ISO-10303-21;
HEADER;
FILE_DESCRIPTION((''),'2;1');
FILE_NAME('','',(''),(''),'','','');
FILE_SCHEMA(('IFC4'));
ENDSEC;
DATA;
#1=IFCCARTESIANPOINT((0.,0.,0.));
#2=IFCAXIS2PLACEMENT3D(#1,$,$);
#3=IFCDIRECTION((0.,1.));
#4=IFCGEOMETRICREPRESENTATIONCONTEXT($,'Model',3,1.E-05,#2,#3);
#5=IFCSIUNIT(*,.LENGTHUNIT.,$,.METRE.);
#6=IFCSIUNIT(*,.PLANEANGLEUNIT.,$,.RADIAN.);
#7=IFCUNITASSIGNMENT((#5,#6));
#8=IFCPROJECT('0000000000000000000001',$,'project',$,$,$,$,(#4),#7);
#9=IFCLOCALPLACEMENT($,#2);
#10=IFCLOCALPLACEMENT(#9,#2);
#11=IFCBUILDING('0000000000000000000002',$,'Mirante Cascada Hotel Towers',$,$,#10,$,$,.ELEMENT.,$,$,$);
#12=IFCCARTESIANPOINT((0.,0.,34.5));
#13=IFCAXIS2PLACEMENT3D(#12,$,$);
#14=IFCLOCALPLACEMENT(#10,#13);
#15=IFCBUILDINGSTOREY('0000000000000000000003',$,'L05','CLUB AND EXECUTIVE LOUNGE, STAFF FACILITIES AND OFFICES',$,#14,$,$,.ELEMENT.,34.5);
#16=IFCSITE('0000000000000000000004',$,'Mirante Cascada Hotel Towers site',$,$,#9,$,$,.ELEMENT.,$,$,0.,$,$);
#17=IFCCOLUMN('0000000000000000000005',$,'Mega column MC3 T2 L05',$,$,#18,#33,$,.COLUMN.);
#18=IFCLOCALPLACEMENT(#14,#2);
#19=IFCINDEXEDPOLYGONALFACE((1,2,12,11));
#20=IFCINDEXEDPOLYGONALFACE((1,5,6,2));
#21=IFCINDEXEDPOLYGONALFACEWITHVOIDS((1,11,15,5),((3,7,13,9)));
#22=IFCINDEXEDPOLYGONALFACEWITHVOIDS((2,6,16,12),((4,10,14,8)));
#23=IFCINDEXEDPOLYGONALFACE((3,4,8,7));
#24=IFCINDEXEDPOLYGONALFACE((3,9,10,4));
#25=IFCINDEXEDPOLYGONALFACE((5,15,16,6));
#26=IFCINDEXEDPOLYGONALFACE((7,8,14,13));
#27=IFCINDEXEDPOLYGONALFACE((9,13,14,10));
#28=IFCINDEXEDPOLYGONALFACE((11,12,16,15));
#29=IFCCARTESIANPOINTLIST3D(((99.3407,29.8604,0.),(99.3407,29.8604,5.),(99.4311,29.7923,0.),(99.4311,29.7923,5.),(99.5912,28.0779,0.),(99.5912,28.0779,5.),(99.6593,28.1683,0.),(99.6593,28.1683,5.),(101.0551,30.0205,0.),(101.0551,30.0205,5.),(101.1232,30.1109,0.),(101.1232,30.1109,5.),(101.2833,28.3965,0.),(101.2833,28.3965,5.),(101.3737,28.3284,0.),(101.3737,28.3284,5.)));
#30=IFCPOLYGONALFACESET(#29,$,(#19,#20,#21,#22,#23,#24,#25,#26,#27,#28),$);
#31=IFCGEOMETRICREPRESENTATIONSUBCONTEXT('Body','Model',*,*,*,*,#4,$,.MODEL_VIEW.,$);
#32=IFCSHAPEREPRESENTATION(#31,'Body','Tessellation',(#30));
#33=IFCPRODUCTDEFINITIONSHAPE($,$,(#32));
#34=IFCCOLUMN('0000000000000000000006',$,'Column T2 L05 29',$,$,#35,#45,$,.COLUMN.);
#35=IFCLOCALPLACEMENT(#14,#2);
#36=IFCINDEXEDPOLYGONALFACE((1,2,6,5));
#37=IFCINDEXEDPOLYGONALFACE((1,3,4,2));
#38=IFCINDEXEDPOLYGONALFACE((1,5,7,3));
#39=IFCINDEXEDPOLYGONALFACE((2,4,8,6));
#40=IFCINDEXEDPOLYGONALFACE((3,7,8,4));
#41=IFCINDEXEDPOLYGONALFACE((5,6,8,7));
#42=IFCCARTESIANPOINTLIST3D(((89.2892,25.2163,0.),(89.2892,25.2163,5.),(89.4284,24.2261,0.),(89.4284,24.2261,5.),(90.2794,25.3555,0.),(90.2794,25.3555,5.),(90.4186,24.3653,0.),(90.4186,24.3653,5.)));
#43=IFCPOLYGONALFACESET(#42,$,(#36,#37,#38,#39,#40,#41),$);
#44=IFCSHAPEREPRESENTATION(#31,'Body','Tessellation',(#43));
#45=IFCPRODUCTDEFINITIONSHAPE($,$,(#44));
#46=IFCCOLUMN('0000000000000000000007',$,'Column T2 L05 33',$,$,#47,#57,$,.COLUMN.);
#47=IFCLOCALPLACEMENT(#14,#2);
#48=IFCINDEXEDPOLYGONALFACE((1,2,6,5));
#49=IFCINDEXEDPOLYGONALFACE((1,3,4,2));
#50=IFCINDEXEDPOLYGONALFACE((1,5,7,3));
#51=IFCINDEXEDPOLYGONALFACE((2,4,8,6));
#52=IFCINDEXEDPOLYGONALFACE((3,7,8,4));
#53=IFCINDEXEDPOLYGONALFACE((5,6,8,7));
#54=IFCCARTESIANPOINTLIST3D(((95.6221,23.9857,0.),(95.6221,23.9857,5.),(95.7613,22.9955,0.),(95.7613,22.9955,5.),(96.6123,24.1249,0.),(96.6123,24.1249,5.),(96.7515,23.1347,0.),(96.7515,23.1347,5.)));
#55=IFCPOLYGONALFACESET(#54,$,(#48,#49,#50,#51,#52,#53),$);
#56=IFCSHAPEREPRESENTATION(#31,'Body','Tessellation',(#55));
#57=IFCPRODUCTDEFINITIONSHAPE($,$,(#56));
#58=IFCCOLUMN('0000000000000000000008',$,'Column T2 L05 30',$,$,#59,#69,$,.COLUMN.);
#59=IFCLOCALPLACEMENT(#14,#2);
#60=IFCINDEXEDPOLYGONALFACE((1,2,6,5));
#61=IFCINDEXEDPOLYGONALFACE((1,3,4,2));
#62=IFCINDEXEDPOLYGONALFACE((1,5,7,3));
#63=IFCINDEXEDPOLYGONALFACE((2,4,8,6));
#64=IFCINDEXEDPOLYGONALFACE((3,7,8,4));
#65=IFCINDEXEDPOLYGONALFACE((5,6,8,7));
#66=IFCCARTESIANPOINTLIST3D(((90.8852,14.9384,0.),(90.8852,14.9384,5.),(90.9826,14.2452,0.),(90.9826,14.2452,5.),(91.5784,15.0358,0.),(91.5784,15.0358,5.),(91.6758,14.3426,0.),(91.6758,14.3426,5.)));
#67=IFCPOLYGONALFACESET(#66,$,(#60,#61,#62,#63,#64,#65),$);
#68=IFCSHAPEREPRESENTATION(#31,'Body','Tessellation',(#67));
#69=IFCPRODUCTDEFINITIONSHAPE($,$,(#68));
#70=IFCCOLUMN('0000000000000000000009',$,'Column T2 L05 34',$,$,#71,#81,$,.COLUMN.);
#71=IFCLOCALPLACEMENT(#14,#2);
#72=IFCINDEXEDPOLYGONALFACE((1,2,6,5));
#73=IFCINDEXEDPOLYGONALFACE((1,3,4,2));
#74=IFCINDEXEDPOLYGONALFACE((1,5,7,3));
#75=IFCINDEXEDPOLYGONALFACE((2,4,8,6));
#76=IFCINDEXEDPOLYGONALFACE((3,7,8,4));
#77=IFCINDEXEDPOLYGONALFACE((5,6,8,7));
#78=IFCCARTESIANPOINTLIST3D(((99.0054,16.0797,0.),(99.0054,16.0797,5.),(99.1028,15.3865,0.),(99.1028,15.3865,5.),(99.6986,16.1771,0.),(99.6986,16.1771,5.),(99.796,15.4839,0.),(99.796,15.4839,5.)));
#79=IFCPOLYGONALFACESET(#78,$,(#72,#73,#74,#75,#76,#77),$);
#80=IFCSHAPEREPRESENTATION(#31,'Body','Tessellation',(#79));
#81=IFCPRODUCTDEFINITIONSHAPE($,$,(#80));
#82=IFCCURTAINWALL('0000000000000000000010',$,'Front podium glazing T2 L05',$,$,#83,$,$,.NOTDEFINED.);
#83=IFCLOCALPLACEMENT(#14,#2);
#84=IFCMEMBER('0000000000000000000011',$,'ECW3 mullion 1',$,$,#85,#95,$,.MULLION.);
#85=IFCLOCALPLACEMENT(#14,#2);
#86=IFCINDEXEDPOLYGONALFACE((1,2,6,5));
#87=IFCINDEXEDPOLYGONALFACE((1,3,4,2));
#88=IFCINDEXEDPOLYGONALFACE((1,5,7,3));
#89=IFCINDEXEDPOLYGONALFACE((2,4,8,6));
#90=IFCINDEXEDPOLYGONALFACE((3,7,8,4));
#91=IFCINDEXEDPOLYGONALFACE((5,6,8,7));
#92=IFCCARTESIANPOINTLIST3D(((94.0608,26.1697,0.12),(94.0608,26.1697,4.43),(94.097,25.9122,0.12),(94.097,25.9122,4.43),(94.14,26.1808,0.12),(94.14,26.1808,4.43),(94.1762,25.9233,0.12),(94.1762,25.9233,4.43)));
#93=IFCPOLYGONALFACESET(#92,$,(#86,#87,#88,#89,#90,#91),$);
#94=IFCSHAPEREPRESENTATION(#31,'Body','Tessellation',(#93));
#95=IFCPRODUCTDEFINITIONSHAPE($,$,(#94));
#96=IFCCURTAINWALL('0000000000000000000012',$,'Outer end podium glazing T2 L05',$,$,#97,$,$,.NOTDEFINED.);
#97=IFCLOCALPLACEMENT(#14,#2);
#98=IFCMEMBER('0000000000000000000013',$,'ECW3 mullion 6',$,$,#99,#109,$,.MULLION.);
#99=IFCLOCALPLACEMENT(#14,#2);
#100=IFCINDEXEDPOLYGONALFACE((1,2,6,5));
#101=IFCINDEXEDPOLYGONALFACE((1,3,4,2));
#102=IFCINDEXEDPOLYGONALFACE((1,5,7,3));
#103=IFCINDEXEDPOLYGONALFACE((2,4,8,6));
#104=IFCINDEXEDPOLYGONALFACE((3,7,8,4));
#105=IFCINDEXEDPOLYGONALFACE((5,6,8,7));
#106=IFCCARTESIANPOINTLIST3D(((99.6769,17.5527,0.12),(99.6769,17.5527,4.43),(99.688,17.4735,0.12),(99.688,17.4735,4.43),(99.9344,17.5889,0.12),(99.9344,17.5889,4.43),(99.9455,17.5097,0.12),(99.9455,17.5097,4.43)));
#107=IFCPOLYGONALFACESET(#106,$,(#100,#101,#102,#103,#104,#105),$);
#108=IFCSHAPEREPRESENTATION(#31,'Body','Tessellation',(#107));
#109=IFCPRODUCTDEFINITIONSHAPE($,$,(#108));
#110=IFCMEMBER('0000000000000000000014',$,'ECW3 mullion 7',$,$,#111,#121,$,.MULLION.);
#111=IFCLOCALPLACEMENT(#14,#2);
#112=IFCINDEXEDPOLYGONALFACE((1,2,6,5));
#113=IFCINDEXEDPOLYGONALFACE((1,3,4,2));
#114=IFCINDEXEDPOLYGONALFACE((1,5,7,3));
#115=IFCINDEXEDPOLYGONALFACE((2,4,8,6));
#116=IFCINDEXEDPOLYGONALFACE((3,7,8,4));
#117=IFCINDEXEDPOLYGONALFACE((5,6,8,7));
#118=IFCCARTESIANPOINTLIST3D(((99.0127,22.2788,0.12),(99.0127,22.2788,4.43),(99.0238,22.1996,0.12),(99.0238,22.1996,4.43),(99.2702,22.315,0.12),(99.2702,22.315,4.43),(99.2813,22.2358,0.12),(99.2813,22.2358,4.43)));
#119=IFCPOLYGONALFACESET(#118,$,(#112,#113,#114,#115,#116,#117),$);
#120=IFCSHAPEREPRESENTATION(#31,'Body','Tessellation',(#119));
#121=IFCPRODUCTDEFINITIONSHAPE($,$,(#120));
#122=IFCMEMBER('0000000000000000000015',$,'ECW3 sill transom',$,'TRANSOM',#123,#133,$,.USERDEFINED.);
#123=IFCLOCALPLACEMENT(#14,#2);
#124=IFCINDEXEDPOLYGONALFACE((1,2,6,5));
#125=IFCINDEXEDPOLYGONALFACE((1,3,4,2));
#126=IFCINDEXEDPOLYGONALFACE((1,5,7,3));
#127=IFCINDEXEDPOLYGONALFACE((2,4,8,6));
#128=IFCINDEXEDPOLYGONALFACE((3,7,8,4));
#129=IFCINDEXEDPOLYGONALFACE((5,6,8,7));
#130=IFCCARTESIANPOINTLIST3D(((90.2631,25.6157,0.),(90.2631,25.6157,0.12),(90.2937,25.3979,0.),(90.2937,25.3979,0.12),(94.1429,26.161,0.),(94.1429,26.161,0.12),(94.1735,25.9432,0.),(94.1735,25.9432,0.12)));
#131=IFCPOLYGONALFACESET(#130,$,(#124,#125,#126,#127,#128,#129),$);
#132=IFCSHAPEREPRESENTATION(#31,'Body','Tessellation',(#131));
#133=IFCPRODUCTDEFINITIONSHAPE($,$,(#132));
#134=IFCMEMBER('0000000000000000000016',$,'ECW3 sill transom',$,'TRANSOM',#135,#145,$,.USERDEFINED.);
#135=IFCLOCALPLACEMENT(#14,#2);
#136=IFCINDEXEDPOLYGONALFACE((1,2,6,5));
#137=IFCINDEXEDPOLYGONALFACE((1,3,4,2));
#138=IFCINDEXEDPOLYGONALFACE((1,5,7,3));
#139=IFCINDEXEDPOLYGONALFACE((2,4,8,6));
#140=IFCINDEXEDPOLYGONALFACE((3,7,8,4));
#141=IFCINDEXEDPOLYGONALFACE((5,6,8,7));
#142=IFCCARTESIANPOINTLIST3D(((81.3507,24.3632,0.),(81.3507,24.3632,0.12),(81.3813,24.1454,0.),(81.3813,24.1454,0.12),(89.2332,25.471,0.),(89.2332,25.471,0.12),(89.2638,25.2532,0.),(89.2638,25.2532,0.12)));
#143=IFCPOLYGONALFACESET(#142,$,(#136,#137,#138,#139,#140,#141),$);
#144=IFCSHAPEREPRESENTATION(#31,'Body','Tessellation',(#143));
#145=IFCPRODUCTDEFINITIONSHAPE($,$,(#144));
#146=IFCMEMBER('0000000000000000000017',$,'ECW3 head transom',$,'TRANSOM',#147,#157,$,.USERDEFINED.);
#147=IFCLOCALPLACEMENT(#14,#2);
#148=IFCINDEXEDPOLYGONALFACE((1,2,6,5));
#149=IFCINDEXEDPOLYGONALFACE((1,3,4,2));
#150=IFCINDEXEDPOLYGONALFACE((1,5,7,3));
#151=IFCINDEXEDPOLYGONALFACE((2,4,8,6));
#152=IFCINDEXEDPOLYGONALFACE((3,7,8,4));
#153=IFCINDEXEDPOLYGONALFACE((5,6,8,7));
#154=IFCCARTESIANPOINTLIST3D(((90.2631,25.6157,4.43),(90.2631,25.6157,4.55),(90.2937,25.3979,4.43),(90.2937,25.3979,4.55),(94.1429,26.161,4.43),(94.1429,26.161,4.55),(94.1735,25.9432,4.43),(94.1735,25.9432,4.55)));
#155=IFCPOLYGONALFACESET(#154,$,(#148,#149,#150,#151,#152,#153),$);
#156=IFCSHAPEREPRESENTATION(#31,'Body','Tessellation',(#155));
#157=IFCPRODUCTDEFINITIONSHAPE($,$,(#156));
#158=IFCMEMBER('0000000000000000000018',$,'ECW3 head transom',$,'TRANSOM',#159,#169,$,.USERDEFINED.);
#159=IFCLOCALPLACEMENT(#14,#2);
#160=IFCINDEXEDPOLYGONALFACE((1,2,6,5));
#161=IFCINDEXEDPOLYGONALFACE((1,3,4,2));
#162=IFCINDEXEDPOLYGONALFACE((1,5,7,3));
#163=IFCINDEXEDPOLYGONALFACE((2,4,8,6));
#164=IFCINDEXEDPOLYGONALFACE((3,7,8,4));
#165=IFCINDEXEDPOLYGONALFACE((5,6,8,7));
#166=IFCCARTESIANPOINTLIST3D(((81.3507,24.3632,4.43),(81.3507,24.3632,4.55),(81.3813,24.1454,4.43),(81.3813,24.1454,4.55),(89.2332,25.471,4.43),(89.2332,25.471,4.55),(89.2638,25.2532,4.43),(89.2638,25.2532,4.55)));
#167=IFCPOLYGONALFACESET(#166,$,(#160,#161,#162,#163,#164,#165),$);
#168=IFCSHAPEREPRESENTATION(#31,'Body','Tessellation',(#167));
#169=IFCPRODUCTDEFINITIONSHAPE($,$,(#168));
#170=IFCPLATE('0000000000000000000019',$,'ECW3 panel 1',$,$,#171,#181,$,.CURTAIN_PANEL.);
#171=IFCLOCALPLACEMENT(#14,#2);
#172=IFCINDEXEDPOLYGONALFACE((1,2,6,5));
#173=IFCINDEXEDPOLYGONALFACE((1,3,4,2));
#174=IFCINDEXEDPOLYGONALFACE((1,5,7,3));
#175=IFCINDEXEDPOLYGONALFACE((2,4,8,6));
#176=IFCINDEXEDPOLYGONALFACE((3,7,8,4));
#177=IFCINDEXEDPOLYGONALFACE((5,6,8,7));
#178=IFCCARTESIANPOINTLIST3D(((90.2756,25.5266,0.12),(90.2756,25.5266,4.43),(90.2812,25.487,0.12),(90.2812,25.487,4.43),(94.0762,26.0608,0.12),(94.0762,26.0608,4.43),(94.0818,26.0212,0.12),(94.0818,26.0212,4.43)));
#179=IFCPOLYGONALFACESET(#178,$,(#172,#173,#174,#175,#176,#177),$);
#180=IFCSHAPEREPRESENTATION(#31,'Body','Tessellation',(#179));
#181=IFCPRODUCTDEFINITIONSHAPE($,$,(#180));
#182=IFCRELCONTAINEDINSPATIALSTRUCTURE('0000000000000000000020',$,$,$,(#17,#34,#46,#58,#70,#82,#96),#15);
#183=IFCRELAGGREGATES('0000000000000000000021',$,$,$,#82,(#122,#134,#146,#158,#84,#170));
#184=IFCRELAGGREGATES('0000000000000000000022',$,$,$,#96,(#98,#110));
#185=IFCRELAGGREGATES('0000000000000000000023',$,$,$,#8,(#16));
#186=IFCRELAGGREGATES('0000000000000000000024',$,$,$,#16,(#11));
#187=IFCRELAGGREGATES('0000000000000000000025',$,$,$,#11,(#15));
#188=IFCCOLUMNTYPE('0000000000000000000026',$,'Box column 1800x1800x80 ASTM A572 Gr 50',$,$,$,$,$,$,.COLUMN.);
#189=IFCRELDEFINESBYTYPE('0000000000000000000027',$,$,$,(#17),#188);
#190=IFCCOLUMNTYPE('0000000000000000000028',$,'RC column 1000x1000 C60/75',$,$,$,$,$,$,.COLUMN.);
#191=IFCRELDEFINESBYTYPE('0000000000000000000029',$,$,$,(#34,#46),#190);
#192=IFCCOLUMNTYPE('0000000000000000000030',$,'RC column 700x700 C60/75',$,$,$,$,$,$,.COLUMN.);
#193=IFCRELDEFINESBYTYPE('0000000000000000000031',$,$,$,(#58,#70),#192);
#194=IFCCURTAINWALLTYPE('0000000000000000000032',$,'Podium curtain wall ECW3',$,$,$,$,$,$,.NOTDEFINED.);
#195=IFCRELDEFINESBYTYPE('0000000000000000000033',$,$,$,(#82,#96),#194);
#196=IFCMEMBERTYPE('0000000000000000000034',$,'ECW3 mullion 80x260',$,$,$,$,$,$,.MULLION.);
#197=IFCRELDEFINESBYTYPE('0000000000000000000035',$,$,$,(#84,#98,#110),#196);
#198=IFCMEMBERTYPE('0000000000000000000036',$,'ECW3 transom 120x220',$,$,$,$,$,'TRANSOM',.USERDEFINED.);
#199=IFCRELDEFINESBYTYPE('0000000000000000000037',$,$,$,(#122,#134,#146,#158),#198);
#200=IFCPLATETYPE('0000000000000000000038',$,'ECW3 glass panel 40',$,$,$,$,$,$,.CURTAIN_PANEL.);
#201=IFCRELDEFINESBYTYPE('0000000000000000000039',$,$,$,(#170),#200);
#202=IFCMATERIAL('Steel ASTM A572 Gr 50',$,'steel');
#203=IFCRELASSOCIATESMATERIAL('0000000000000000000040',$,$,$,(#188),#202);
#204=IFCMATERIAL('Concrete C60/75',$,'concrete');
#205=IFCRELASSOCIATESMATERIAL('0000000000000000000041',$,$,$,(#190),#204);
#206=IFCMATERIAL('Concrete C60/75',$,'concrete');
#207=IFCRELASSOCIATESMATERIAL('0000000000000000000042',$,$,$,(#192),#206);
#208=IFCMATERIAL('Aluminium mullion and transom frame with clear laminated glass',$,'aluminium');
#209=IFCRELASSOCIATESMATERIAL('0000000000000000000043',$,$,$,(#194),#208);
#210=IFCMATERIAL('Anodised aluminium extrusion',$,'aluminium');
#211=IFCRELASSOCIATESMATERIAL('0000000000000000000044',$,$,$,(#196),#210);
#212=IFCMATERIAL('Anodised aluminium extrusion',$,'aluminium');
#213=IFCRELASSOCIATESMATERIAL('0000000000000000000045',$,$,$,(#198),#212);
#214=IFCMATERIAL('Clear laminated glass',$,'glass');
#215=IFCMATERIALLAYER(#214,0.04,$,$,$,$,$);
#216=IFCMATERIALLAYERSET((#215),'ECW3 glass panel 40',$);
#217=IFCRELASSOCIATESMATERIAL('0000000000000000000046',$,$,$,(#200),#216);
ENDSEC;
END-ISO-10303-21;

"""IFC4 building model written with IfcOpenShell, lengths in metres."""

from ifc_helpers import new_model, si_unit, direction, frame, origin, origin_2d, place, context, subcontext, project, spatial, rectangle, hollow_rectangle, extrude, material, layer, layer_set, material_profile, profile_set, type_object, element, aggregate, save


model = new_model("IFC4")

# Units and contexts
model_context = context("Model", 3, precision=1e-05, world=origin(), true_north=direction((0.0, 1.0)))
body_context = subcontext(model_context, "Body", "Model", "MODEL_VIEW")
ifc_project = project(units=[si_unit("LENGTHUNIT", "METRE"), si_unit("PLANEANGLEUNIT", "RADIAN")], contexts=[model_context])

# Site, building, storey
site_placement = place(None, origin())
site = spatial("IfcSite", under=ifc_project, at=site_placement, Name="Mirante Cascada Hotel Towers site", CompositionType="ELEMENT", RefElevation=0.0)
building_placement = place(site_placement, origin())
building = spatial("IfcBuilding", under=site, at=building_placement, Name="Mirante Cascada Hotel Towers", CompositionType="ELEMENT")
storey_placement = place(building_placement, frame((0.0, 0.0, 34.5)))
storey = spatial("IfcBuildingStorey", under=building, at=storey_placement, Name="L05", Description="CLUB AND EXECUTIVE LOUNGE, STAFF FACILITIES AND OFFICES", CompositionType="ELEMENT", Elevation=34.5)

# Columns
ifc_material_1 = material(Name="Steel ASTM A572 Gr 50", Category="steel")
ifc_material_profile_1 = material_profile(ifc_material_1, hollow_rectangle(XDim=1.8, YDim=1.8, WallThickness=0.08, at=origin_2d()), Name="Box column 1800x1800x80 ASTM A572 Gr 50")
ifc_profile_set_1 = profile_set([ifc_material_profile_1], Name="Steel ASTM A572 Gr 50")
column_type_1 = type_object("IfcColumnType", Name="Box column 1800x1800x80 ASTM A572 Gr 50", PredefinedType="COLUMN", material=ifc_profile_set_1)
column_placement = place(storey_placement, frame((100.3572, 29.0944, 0.0), z_axis=(0.0, 0.0, 1.0), x_axis=(0.990268, 0.139173, 0.0)))
element("IfcColumn", 1, at=column_placement, inside=storey, type_object=column_type_1, Name="Mega column MC3 T2 L05", PredefinedType="COLUMN", context=body_context, shape_type="SweptSolid", body=[
    extrude(hollow_rectangle(XDim=1.8, YDim=1.8, WallThickness=0.08, at=origin_2d()), origin(), (0.0, 0.0, 1.0), 5.0),
])
ifc_material_2 = material(Name="Concrete C60/75", Category="concrete")
ifc_material_profile_2 = material_profile(ifc_material_2, rectangle(XDim=1.0, YDim=1.0, at=origin_2d()), Name="RC column 1000x1000 C60/75")
ifc_profile_set_2 = profile_set([ifc_material_profile_2], Name="Concrete C60/75")
column_type_2 = type_object("IfcColumnType", Name="RC column 1000x1000 C60/75", PredefinedType="COLUMN", material=ifc_profile_set_2)
for number, where, z_axis, x_axis, name in (
    (2, (89.8539, 24.7908, 0.0), (0.0, 0.0, 1.0), (0.990268, 0.139173, 0.0), "Column T2 L05 29"),
    (3, (96.1868, 23.5602, 0.0), (0.0, 0.0, 1.0), (0.990268, 0.139173, 0.0), "Column T2 L05 33"),
):
    element("IfcColumn", number, at=place(storey_placement, frame(where, z_axis=z_axis, x_axis=x_axis)), inside=storey, type_object=column_type_2, Name=name, PredefinedType="COLUMN", context=body_context, shape_type="SweptSolid", body=[
        extrude(rectangle(XDim=1.0, YDim=1.0, at=origin_2d()), origin(), (0.0, 0.0, 1.0), 5.0),
    ])
ifc_material_3 = material(Name="Concrete C60/75", Category="concrete")
ifc_material_profile_3 = material_profile(ifc_material_3, rectangle(XDim=0.7, YDim=0.7, at=origin_2d()), Name="RC column 700x700 C60/75")
ifc_profile_set_3 = profile_set([ifc_material_profile_3], Name="Concrete C60/75")
column_type_3 = type_object("IfcColumnType", Name="RC column 700x700 C60/75", PredefinedType="COLUMN", material=ifc_profile_set_3)
for number, where, z_axis, x_axis, name in (
    (4, (91.2805, 14.6405, 0.0), (0.0, 0.0, 1.0), (0.990268, 0.139173, 0.0), "Column T2 L05 30"),
    (5, (99.4007, 15.7818, 0.0), (0.0, 0.0, 1.0), (0.990268, 0.139173, 0.0), "Column T2 L05 34"),
):
    element("IfcColumn", number, at=place(storey_placement, frame(where, z_axis=z_axis, x_axis=x_axis)), inside=storey, type_object=column_type_3, Name=name, PredefinedType="COLUMN", context=body_context, shape_type="SweptSolid", body=[
        extrude(rectangle(XDim=0.7, YDim=0.7, at=origin_2d()), origin(), (0.0, 0.0, 1.0), 5.0),
    ])

# Curtain wall, member
ifc_material_4 = material(Name="Aluminium mullion and transom frame with clear laminated glass", Category="aluminium")
curtain_wall_type = type_object("IfcCurtainWallType", Name="Podium curtain wall ECW3", PredefinedType="NOTDEFINED", material=ifc_material_4)
curtain_wall_1_placement = place(storey_placement, origin())
curtain_wall_1 = element("IfcCurtainWall", 6, at=curtain_wall_1_placement, inside=storey, type_object=curtain_wall_type, Name="Front podium glazing T2 L05", PredefinedType="NOTDEFINED")
ifc_material_5 = material(Name="Anodised aluminium extrusion", Category="aluminium")
ifc_material_profile_4 = material_profile(ifc_material_5, rectangle(XDim=0.26, YDim=0.08, at=origin_2d()), Name="ECW3 MULLION 80x260")
ifc_profile_set_4 = profile_set([ifc_material_profile_4], Name="Anodised aluminium extrusion")
member_type_1 = type_object("IfcMemberType", Name="ECW3 mullion 80x260", PredefinedType="MULLION", material=ifc_profile_set_4)
member_1_placement = place(storey_placement, frame((94.1185, 26.0465, 0.12), z_axis=(0.0, 0.0, 1.0), x_axis=(0.139173, -0.990268, 0.0)))
member_1 = element("IfcMember", 7, at=member_1_placement, type_object=member_type_1, Name="ECW3 mullion 1", PredefinedType="MULLION", context=body_context, shape_type="SweptSolid", body=[
    extrude(rectangle(XDim=0.26, YDim=0.08, at=origin_2d()), origin(), (0.0, 0.0, 1.0), 4.31),
])

# Curtain wall, members
curtain_wall_2_placement = place(storey_placement, origin())
curtain_wall_2 = element("IfcCurtainWall", 8, at=curtain_wall_2_placement, inside=storey, type_object=curtain_wall_type, Name="Outer end podium glazing T2 L05", PredefinedType="NOTDEFINED")
member_2_placement = place(storey_placement, frame((99.8112, 17.5312, 0.12), z_axis=(0.0, 0.0, 1.0), x_axis=(-0.990268, -0.139173, 0.0)))
member_2 = element("IfcMember", 9, at=member_2_placement, type_object=member_type_1, Name="ECW3 mullion 6", PredefinedType="MULLION", context=body_context, shape_type="SweptSolid", body=[
    extrude(rectangle(XDim=0.26, YDim=0.08, at=origin_2d()), origin(), (0.0, 0.0, 1.0), 4.31),
])
member_3_placement = place(storey_placement, frame((99.147, 22.2573, 0.12), z_axis=(0.0, 0.0, 1.0), x_axis=(-0.990268, -0.139173, 0.0)))
member_3 = element("IfcMember", 10, at=member_3_placement, type_object=member_type_1, Name="ECW3 mullion 7", PredefinedType="MULLION", context=body_context, shape_type="SweptSolid", body=[
    extrude(rectangle(XDim=0.26, YDim=0.08, at=origin_2d()), origin(), (0.0, 0.0, 1.0), 4.31),
])

# Members
ifc_material_6 = material(Name="Anodised aluminium extrusion", Category="aluminium")
ifc_material_profile_5 = material_profile(ifc_material_6, rectangle(XDim=0.22, YDim=0.12, at=origin_2d()), Name="ECW3 TRANSOM 120x220")
ifc_profile_set_5 = profile_set([ifc_material_profile_5], Name="Anodised aluminium extrusion")
member_type_2 = type_object("IfcMemberType", Name="ECW3 transom 120x220", ElementType="TRANSOM", PredefinedType="USERDEFINED", material=ifc_profile_set_5)
member_4_placement = place(storey_placement, frame((94.1582, 26.0521, 0.06), z_axis=(-0.990267, -0.139181, 0.0), x_axis=(0.139181, -0.990267, 0.0)))
member_4 = element("IfcMember", 11, at=member_4_placement, type_object=member_type_2, Name="ECW3 sill transom", ObjectType="TRANSOM", PredefinedType="USERDEFINED", context=body_context, shape_type="SweptSolid", body=[
    extrude(rectangle(XDim=0.22, YDim=0.12, at=origin_2d()), origin(), (0.0, 0.0, 1.0), 3.9179),
])
member_5_placement = place(storey_placement, frame((89.2485, 25.3621, 0.06), z_axis=(-0.990268, -0.139172, 0.0), x_axis=(0.139172, -0.990268, 0.0)))
member_5 = element("IfcMember", 12, at=member_5_placement, type_object=member_type_2, Name="ECW3 sill transom", ObjectType="TRANSOM", PredefinedType="USERDEFINED", context=body_context, shape_type="SweptSolid", body=[
    extrude(rectangle(XDim=0.22, YDim=0.12, at=origin_2d()), origin(), (0.0, 0.0, 1.0), 7.96),
])
member_6_placement = place(storey_placement, frame((94.1582, 26.0521, 4.49), z_axis=(-0.990267, -0.139181, 0.0), x_axis=(0.139181, -0.990267, 0.0)))
member_6 = element("IfcMember", 13, at=member_6_placement, type_object=member_type_2, Name="ECW3 head transom", ObjectType="TRANSOM", PredefinedType="USERDEFINED", context=body_context, shape_type="SweptSolid", body=[
    extrude(rectangle(XDim=0.22, YDim=0.12, at=origin_2d()), origin(), (0.0, 0.0, 1.0), 3.9179),
])
member_7_placement = place(storey_placement, frame((89.2485, 25.3621, 4.49), z_axis=(-0.990268, -0.139172, 0.0), x_axis=(0.139172, -0.990268, 0.0)))
member_7 = element("IfcMember", 14, at=member_7_placement, type_object=member_type_2, Name="ECW3 head transom", ObjectType="TRANSOM", PredefinedType="USERDEFINED", context=body_context, shape_type="SweptSolid", body=[
    extrude(rectangle(XDim=0.22, YDim=0.12, at=origin_2d()), origin(), (0.0, 0.0, 1.0), 7.96),
])

# Plate
ifc_material_7 = material(Name="Clear laminated glass", Category="glass")
ifc_layer_1 = layer(ifc_material_7, 0.04)
ifc_layer_set_1 = layer_set([ifc_layer_1], Name="ECW3 glass panel 40")
plate_type = type_object("IfcPlateType", Name="ECW3 glass panel 40", PredefinedType="CURTAIN_PANEL", material=ifc_layer_set_1)
plate_1_placement = place(storey_placement, frame((92.1787, 25.7739, 0.12), z_axis=(0.0, 0.0, 1.0), x_axis=(-0.990268, -0.139173, 0.0)))
plate_1 = element("IfcPlate", 15, at=plate_1_placement, type_object=plate_type, Name="ECW3 panel 1", PredefinedType="CURTAIN_PANEL", context=body_context, shape_type="SweptSolid", body=[
    extrude(rectangle(XDim=3.8379, YDim=0.04, at=origin_2d()), origin(), (0.0, 0.0, 1.0), 4.31),
])
aggregate(curtain_wall_1, [member_4, member_5, member_6, member_7, member_1, plate_1])
aggregate(curtain_wall_2, [member_2, member_3])

save(model, "model.ifc")
